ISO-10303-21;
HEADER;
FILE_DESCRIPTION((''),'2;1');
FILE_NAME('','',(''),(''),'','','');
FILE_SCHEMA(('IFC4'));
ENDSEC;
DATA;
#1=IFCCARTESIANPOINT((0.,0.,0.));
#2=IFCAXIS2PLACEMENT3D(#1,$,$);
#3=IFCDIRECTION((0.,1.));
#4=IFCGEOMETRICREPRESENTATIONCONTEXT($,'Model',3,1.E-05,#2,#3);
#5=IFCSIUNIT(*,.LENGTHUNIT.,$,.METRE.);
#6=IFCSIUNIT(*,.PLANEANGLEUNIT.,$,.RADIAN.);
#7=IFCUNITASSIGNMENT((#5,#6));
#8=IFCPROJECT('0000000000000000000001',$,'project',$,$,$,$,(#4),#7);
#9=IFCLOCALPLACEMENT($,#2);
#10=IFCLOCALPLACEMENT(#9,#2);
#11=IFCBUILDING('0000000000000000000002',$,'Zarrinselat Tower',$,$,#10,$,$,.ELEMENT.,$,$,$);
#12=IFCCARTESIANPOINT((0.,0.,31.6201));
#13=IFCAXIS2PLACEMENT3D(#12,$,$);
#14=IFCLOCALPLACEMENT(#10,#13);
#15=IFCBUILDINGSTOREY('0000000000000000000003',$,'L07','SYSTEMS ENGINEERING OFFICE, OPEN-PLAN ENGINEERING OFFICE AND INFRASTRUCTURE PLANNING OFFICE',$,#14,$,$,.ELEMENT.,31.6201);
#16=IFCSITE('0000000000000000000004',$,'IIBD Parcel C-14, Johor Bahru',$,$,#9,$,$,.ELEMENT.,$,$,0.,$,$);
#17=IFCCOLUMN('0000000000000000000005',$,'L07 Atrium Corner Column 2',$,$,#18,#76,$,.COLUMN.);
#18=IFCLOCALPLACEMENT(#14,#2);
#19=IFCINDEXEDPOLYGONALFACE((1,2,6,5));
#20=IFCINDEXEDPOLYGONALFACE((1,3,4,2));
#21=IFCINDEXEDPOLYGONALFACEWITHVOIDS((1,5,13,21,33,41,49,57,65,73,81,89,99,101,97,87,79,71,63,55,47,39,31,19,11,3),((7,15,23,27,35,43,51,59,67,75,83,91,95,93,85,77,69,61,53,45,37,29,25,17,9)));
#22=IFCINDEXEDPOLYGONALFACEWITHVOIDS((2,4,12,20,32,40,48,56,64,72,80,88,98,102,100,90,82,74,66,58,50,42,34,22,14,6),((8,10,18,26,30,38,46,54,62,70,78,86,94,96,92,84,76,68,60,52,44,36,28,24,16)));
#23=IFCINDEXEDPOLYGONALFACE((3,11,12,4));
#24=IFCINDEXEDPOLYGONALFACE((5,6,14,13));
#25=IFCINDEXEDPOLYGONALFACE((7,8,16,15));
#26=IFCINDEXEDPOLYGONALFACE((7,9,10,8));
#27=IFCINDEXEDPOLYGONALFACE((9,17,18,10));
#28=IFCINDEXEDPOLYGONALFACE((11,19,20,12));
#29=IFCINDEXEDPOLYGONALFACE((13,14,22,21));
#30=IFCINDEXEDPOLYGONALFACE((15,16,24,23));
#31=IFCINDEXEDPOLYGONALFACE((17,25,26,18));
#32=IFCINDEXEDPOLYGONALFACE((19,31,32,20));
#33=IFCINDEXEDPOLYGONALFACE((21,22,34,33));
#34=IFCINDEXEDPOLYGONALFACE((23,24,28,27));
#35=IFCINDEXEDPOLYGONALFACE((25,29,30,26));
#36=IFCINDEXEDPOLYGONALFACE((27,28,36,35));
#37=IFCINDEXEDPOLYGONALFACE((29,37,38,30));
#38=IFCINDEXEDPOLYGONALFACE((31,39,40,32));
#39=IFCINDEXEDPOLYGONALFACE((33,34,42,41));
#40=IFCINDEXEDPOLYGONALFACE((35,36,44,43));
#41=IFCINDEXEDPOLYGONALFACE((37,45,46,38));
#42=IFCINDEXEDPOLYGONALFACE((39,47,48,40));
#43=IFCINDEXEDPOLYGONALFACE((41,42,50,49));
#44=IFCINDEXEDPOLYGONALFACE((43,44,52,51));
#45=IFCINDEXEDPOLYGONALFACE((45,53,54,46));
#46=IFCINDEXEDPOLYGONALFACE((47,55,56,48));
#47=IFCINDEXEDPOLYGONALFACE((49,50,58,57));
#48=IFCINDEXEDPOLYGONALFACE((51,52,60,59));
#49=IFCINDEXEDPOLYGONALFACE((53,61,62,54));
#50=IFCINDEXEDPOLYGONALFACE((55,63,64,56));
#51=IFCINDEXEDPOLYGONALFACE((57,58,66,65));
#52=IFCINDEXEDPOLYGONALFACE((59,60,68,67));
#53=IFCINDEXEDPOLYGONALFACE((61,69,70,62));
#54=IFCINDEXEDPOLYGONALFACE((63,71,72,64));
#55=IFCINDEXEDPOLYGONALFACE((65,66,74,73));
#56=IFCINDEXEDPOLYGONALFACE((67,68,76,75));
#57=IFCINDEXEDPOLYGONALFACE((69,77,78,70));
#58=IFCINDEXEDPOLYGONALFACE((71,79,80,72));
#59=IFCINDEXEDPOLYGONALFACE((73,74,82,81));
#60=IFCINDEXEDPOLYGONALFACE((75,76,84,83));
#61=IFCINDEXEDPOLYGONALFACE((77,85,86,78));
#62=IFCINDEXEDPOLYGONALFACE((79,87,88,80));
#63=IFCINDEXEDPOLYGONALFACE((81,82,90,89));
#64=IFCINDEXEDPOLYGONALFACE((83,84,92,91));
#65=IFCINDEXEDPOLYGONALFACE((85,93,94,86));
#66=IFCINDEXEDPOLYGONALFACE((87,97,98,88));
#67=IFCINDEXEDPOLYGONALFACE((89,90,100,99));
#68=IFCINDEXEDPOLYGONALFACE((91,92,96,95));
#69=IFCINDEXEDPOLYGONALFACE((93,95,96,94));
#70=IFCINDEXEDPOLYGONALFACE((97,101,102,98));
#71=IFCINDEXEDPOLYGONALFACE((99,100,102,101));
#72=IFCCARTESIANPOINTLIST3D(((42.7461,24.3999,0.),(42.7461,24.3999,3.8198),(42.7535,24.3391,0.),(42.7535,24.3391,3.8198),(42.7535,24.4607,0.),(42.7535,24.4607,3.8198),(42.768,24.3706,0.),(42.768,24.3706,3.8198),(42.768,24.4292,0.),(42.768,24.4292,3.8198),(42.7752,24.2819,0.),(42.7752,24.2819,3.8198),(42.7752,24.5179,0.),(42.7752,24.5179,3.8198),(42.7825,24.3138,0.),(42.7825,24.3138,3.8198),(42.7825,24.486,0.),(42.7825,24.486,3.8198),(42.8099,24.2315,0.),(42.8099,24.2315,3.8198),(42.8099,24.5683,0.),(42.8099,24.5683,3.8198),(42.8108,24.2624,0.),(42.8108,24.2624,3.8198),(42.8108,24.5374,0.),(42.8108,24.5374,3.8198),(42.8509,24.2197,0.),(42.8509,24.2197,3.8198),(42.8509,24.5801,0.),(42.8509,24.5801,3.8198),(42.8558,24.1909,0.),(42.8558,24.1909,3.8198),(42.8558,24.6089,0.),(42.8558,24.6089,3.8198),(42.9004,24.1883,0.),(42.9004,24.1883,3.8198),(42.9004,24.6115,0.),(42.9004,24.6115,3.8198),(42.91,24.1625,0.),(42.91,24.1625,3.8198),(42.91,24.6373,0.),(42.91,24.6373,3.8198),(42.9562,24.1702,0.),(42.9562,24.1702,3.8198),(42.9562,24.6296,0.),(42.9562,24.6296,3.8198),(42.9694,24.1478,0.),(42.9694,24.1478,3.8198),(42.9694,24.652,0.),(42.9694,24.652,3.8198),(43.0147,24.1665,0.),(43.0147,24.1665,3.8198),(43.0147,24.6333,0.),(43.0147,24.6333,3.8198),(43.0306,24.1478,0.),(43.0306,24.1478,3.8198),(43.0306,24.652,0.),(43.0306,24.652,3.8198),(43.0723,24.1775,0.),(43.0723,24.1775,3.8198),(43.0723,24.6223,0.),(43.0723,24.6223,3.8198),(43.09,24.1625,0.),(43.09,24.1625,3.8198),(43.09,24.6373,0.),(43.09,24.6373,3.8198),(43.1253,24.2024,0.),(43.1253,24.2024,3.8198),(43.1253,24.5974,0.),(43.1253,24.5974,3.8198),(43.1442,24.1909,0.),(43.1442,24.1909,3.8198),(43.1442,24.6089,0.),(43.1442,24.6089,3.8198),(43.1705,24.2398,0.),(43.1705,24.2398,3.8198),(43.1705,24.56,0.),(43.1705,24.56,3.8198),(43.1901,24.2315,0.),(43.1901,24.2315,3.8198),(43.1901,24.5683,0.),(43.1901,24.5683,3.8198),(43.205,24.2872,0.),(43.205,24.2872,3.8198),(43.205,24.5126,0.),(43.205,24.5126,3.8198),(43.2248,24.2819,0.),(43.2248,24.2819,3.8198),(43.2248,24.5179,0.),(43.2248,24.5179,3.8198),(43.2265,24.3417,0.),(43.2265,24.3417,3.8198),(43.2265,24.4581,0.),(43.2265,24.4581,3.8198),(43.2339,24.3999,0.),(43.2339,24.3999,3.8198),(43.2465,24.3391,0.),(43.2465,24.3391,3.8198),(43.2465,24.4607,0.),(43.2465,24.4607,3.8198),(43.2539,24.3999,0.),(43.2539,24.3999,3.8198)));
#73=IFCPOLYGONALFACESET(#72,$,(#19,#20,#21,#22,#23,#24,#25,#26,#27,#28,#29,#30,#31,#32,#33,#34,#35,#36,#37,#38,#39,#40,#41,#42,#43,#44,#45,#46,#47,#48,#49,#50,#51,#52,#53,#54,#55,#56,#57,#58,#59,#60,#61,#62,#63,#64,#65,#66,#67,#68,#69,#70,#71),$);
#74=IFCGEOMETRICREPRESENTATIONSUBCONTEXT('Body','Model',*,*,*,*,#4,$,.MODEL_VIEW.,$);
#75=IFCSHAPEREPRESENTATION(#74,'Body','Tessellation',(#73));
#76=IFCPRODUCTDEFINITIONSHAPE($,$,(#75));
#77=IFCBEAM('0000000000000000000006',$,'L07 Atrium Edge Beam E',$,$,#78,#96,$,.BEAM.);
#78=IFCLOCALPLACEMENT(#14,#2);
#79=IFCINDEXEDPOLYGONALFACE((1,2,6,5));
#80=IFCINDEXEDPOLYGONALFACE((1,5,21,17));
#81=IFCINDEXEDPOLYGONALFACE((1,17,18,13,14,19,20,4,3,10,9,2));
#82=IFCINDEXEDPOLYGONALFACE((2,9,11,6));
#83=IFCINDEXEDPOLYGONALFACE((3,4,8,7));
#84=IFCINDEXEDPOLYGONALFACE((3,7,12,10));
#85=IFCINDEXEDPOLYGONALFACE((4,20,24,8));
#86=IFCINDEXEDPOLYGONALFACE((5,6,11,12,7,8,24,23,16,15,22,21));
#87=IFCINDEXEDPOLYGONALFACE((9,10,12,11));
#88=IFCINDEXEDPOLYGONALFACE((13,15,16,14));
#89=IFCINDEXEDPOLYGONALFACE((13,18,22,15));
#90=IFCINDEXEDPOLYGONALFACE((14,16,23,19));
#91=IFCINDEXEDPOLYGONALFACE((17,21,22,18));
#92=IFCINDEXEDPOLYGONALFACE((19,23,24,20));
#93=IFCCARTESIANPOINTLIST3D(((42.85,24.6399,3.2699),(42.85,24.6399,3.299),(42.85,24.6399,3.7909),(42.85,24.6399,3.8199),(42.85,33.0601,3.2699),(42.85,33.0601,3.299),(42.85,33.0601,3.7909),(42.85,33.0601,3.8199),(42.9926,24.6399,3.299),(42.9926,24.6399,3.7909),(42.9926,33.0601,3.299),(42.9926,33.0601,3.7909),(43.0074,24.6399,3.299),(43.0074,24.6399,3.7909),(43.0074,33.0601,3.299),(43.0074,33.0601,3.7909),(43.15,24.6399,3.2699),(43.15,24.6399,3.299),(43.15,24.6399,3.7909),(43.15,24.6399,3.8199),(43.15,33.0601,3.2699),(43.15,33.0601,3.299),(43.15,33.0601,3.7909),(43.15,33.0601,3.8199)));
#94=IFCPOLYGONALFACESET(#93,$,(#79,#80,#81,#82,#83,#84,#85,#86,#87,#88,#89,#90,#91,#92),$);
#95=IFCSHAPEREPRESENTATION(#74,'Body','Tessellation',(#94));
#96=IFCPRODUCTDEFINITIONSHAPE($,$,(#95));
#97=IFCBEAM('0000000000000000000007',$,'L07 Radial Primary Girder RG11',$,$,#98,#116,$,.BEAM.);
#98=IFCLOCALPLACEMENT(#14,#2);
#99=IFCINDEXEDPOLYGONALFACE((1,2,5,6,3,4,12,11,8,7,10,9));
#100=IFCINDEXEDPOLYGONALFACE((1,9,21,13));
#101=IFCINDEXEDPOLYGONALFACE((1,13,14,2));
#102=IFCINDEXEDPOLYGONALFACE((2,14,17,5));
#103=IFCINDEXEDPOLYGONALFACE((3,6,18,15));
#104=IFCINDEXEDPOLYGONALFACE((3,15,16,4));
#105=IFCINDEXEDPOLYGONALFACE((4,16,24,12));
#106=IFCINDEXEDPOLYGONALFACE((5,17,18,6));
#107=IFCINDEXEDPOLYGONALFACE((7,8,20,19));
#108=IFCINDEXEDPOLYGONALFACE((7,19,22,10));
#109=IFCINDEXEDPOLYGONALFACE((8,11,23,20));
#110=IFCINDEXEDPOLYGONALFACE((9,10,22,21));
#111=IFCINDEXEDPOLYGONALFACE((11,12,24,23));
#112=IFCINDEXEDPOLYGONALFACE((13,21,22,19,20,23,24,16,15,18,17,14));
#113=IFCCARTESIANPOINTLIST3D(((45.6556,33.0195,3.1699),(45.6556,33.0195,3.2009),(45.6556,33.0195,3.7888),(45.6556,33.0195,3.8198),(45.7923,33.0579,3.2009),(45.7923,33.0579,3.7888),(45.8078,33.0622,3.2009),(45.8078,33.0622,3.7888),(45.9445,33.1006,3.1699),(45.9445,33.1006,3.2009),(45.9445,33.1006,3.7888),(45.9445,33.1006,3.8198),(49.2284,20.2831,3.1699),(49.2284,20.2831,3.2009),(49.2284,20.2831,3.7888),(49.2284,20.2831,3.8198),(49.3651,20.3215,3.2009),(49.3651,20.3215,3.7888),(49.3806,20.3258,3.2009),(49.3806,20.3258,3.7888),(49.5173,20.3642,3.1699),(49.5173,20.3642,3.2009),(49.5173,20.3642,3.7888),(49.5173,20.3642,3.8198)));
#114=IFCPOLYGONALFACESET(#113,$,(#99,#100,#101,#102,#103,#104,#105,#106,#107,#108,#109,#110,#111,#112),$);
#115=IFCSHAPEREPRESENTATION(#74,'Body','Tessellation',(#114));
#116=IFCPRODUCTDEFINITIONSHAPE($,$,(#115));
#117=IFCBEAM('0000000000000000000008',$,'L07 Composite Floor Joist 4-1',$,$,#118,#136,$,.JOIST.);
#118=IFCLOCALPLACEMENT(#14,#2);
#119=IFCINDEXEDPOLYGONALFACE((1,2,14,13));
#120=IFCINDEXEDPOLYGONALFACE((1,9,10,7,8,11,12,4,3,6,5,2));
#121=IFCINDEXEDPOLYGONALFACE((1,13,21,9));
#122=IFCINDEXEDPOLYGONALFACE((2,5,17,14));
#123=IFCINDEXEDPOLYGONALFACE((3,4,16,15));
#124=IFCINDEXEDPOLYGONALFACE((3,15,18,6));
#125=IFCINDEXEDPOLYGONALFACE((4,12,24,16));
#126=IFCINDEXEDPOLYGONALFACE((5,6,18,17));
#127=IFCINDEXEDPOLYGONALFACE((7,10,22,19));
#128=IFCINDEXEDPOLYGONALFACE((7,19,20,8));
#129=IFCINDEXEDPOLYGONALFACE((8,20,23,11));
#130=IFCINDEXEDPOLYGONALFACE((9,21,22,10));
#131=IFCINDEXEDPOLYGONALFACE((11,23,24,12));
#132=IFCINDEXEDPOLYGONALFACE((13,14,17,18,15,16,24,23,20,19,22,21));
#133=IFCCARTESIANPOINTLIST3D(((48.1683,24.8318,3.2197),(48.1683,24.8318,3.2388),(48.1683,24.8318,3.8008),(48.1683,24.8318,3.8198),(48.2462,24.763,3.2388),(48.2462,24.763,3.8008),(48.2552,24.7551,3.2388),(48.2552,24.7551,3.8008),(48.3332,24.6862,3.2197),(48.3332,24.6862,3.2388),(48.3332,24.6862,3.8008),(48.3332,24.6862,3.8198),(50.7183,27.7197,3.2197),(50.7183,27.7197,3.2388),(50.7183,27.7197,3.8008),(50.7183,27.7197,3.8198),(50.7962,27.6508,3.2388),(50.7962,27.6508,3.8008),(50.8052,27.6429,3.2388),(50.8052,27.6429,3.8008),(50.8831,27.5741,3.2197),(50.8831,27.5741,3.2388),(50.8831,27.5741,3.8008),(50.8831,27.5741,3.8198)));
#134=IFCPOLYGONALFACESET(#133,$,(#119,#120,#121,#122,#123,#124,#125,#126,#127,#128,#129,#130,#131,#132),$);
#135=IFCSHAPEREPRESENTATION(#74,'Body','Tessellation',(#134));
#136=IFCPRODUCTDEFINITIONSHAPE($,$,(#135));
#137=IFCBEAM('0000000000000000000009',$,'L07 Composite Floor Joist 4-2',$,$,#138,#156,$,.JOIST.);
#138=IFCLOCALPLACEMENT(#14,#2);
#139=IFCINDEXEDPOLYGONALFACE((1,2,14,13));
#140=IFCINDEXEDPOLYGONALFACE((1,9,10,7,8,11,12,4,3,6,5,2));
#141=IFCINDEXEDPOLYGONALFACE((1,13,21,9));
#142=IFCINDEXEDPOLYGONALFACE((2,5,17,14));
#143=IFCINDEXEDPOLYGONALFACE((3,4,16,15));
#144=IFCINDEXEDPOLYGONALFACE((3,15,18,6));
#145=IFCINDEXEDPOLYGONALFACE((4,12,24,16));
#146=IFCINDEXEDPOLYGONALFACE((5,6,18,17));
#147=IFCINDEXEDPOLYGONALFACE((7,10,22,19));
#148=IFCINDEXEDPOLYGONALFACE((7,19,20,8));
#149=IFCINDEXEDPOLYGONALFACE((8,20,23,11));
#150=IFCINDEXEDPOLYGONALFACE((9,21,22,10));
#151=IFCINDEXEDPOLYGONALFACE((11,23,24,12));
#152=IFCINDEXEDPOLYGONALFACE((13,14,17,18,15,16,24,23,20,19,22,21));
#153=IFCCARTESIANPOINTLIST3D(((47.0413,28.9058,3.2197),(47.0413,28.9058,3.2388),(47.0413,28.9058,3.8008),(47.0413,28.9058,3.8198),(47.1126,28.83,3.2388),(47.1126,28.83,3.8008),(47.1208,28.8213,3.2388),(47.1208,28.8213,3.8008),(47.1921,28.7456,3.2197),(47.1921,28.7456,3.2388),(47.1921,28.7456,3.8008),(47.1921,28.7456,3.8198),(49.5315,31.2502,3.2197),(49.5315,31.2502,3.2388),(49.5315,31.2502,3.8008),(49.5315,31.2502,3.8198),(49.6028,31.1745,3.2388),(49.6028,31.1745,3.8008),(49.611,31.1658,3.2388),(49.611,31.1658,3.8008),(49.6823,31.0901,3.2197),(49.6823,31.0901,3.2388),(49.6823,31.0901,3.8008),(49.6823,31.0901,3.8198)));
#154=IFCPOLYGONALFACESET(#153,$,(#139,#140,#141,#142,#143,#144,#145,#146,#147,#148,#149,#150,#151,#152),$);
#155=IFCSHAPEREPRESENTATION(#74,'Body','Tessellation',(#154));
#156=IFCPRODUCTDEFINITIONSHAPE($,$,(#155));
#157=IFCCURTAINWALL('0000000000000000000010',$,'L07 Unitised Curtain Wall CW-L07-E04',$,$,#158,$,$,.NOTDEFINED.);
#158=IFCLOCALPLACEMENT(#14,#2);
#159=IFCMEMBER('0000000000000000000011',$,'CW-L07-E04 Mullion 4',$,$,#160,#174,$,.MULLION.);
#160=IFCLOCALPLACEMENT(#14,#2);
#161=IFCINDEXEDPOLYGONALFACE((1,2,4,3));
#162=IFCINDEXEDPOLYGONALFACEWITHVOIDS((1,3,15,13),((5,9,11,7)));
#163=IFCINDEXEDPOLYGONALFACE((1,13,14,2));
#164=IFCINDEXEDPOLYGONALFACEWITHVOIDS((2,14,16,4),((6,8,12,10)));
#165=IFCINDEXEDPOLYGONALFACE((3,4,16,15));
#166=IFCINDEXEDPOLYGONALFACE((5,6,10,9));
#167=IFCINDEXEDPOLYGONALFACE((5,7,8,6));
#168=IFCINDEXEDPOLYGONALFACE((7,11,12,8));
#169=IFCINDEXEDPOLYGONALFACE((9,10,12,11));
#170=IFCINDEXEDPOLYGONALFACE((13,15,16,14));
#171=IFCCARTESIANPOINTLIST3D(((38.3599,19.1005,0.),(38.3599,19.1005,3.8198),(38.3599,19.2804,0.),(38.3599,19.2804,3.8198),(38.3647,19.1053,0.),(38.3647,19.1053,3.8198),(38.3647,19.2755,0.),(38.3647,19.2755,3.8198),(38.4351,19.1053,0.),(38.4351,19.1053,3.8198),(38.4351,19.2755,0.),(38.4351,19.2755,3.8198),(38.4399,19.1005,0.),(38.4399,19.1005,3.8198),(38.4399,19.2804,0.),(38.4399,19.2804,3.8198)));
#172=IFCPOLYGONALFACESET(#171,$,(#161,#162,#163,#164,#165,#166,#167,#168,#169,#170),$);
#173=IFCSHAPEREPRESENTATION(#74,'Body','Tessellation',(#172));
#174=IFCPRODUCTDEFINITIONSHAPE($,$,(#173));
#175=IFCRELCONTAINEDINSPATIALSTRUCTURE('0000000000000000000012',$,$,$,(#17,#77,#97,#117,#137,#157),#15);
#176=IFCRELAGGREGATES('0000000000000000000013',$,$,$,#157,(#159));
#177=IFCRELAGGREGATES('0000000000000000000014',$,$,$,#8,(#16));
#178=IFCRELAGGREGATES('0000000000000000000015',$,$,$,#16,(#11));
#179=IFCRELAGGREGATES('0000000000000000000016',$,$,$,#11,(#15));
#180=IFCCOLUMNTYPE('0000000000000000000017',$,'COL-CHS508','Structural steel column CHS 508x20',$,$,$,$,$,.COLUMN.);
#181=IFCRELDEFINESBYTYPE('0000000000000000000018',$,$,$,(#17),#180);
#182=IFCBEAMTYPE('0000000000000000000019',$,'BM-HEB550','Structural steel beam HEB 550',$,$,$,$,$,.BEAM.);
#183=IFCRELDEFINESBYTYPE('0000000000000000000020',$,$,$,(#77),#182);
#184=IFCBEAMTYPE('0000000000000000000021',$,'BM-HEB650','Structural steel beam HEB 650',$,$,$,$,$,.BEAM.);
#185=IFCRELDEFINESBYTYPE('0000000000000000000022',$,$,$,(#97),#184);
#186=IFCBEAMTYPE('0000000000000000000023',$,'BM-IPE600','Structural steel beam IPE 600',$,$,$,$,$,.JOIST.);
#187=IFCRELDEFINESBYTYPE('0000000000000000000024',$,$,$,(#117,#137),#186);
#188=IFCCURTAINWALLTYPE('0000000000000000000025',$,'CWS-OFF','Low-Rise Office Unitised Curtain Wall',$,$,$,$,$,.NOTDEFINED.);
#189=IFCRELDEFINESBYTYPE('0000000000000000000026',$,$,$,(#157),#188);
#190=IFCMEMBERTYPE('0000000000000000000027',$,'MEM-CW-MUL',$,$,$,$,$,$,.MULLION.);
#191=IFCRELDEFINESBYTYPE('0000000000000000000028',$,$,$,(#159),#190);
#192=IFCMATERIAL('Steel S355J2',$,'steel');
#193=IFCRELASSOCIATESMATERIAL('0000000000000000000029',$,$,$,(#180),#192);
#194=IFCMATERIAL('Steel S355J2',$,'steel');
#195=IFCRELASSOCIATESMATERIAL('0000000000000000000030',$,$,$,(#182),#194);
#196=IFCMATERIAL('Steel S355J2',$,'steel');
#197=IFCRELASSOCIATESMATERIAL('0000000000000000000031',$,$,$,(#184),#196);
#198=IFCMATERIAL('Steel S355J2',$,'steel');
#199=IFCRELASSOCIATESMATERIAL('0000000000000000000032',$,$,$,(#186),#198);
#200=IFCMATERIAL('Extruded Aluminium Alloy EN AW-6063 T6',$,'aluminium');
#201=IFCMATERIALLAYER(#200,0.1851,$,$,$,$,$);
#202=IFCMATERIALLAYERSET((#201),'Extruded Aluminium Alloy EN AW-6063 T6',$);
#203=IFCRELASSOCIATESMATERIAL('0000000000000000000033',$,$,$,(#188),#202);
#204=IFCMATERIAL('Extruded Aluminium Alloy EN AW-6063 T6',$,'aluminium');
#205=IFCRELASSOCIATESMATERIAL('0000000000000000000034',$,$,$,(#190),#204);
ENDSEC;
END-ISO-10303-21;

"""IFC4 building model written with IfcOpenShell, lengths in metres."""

from ifc_helpers import new_model, si_unit, direction, frame, origin, origin_2d, place, context, subcontext, project, spatial, hollow_rectangle, hollow_circle, i_section, extrude, material, layer, layer_set, material_profile, profile_set, type_object, element, aggregate, save


model = new_model("IFC4")

# Units and contexts
model_context = context("Model", 3, precision=1e-05, world=origin(), true_north=direction((0.0, 1.0)))
body_context = subcontext(model_context, "Body", "Model", "MODEL_VIEW")
ifc_project = project(units=[si_unit("LENGTHUNIT", "METRE"), si_unit("PLANEANGLEUNIT", "RADIAN")], contexts=[model_context])

# Site, building, storey
site_placement = place(None, origin())
site = spatial("IfcSite", under=ifc_project, at=site_placement, Name="IIBD Parcel C-14, Johor Bahru", CompositionType="ELEMENT", RefElevation=0.0)
building_placement = place(site_placement, origin())
building = spatial("IfcBuilding", under=site, at=building_placement, Name="Zarrinselat Tower", CompositionType="ELEMENT")
storey_placement = place(building_placement, frame((0.0, 0.0, 31.6201)))
storey = spatial("IfcBuildingStorey", under=building, at=storey_placement, Name="L07", Description="SYSTEMS ENGINEERING OFFICE, OPEN-PLAN ENGINEERING OFFICE AND INFRASTRUCTURE PLANNING OFFICE", CompositionType="ELEMENT", Elevation=31.6201)

# Column
ifc_material_1 = material(Name="Steel S355J2", Category="steel")
ifc_material_profile_1 = material_profile(ifc_material_1, hollow_circle(Radius=0.2539, WallThickness=0.02, at=origin_2d()), Name="CHS 508x20")
ifc_profile_set_1 = profile_set([ifc_material_profile_1], Name="Steel S355J2")
column_type = type_object("IfcColumnType", Name="COL-CHS508", Description="Structural steel column CHS 508x20", PredefinedType="COLUMN", material=ifc_profile_set_1)
column_placement = place(storey_placement, frame((43.0, 24.3999, 0.0), z_axis=(0.0, 0.0, 1.0), x_axis=(1.0, 0.0, 0.0)))
element("IfcColumn", 1, at=column_placement, inside=storey, type_object=column_type, Name="L07 Atrium Corner Column 2", PredefinedType="COLUMN", context=body_context, shape_type="SweptSolid", body=[
    extrude(hollow_circle(Radius=0.2539, WallThickness=0.02, at=origin_2d()), origin(), (0.0, 0.0, 1.0), 3.8198),
])

# Beams
ifc_material_2 = material(Name="Steel S355J2", Category="steel")
ifc_material_profile_2 = material_profile(ifc_material_2, i_section(OverallWidth=0.3, OverallDepth=0.55, WebThickness=0.0149, FlangeThickness=0.0291, at=origin_2d()), Name="HEB 550")
ifc_profile_set_2 = profile_set([ifc_material_profile_2], Name="Steel S355J2")
beam_type_1 = type_object("IfcBeamType", Name="BM-HEB550", Description="Structural steel beam HEB 550", PredefinedType="BEAM", material=ifc_profile_set_2)
beam_1_placement = place(storey_placement, frame((43.0, 24.6399, 3.5449), z_axis=(0.0, 1.0, 0.0), x_axis=(-1.0, 0.0, 0.0)))
element("IfcBeam", 2, at=beam_1_placement, inside=storey, type_object=beam_type_1, Name="L07 Atrium Edge Beam E", PredefinedType="BEAM", context=body_context, shape_type="SweptSolid", body=[
    extrude(i_section(OverallWidth=0.3, OverallDepth=0.55, WebThickness=0.0149, FlangeThickness=0.0291, at=origin_2d()), origin(), (0.0, 0.0, 1.0), 8.4202),
])
ifc_material_3 = material(Name="Steel S355J2", Category="steel")
ifc_material_profile_3 = material_profile(ifc_material_3, i_section(OverallWidth=0.3, OverallDepth=0.6499, WebThickness=0.0161, FlangeThickness=0.031, at=origin_2d()), Name="HEB 650")
ifc_profile_set_3 = profile_set([ifc_material_profile_3], Name="Steel S355J2")
beam_type_2 = type_object("IfcBeamType", Name="BM-HEB650", Description="Structural steel beam HEB 650", PredefinedType="BEAM", material=ifc_profile_set_3)
beam_2_placement = place(storey_placement, frame((45.8, 33.0601, 3.4949), z_axis=(0.270091, -0.962835, 0.0), x_axis=(0.962835, 0.270091, 0.0)))
element("IfcBeam", 3, at=beam_2_placement, inside=storey, type_object=beam_type_2, Name="L07 Radial Primary Girder RG11", PredefinedType="BEAM", context=body_context, shape_type="SweptSolid", body=[
    extrude(i_section(OverallWidth=0.3, OverallDepth=0.6499, WebThickness=0.0161, FlangeThickness=0.031, at=origin_2d()), origin(), (0.0, 0.0, 1.0), 13.228),
])
ifc_material_4 = material(Name="Steel S355J2", Category="steel")
ifc_material_profile_4 = material_profile(ifc_material_4, i_section(OverallWidth=0.22, OverallDepth=0.6001, WebThickness=0.012, FlangeThickness=0.019, at=origin_2d()), Name="IPE 600")
ifc_profile_set_4 = profile_set([ifc_material_profile_4], Name="Steel S355J2")
beam_type_3 = type_object("IfcBeamType", Name="BM-IPE600", Description="Structural steel beam IPE 600", PredefinedType="JOIST", material=ifc_profile_set_4)
beam_3_placement = place(storey_placement, frame((48.2507, 24.759, 3.5198), z_axis=(0.661894, 0.749597, 0.0), x_axis=(-0.749597, 0.661894, 0.0)))
element("IfcBeam", 4, at=beam_3_placement, inside=storey, type_object=beam_type_3, Name="L07 Composite Floor Joist 4-1", PredefinedType="JOIST", context=body_context, shape_type="SweptSolid", body=[
    extrude(i_section(OverallWidth=0.22, OverallDepth=0.6001, WebThickness=0.012, FlangeThickness=0.019, at=origin_2d()), origin(), (0.0, 0.0, 1.0), 3.8525),
])
beam_4_placement = place(storey_placement, frame((47.1167, 28.8257, 3.5198), z_axis=(0.728093, 0.685478, 0.0), x_axis=(-0.685478, 0.728093, 0.0)))
element("IfcBeam", 5, at=beam_4_placement, inside=storey, type_object=beam_type_3, Name="L07 Composite Floor Joist 4-2", PredefinedType="JOIST", context=body_context, shape_type="SweptSolid", body=[
    extrude(i_section(OverallWidth=0.22, OverallDepth=0.6001, WebThickness=0.012, FlangeThickness=0.019, at=origin_2d()), origin(), (0.0, 0.0, 1.0), 3.4202),
])

# Curtain wall, member
ifc_material_5 = material(Name="Extruded Aluminium Alloy EN AW-6063 T6", Category="aluminium")
ifc_layer_1 = layer(ifc_material_5, 0.1851)
ifc_layer_set_1 = layer_set([ifc_layer_1], Name="Extruded Aluminium Alloy EN AW-6063 T6")
curtain_wall_type = type_object("IfcCurtainWallType", Name="CWS-OFF", Description="Low-Rise Office Unitised Curtain Wall", PredefinedType="NOTDEFINED", material=ifc_layer_set_1)
curtain_wall_placement = place(storey_placement, origin())
curtain_wall = element("IfcCurtainWall", 6, at=curtain_wall_placement, inside=storey, type_object=curtain_wall_type, Name="L07 Unitised Curtain Wall CW-L07-E04", PredefinedType="NOTDEFINED")
ifc_material_6 = material(Name="Extruded Aluminium Alloy EN AW-6063 T6", Category="aluminium")
ifc_material_profile_5 = material_profile(ifc_material_6, hollow_rectangle(XDim=0.0801, YDim=0.1799, WallThickness=0.0049, at=origin_2d()), Name="RHS 180x80x5")
ifc_profile_set_5 = profile_set([ifc_material_profile_5], Name="Extruded Aluminium Alloy EN AW-6063 T6")
member_type_1 = type_object("IfcMemberType", Name="MEM-CW-MUL", PredefinedType="MULLION", material=ifc_profile_set_5)
member_1_placement = place(storey_placement, frame((38.3999, 19.1904, 0.0), z_axis=(0.0, 0.0, 1.0), x_axis=(1.0, 0.0, 0.0)))
member_1 = element("IfcMember", 7, at=member_1_placement, type_object=member_type_1, Name="CW-L07-E04 Mullion 4", PredefinedType="MULLION", context=body_context, shape_type="SweptSolid", body=[
    extrude(hollow_rectangle(XDim=0.0801, YDim=0.1799, WallThickness=0.0049, at=origin_2d()), origin(), (0.0, 0.0, 1.0), 3.8198),
])
aggregate(curtain_wall, [member_1])

save(model, "model.ifc")
